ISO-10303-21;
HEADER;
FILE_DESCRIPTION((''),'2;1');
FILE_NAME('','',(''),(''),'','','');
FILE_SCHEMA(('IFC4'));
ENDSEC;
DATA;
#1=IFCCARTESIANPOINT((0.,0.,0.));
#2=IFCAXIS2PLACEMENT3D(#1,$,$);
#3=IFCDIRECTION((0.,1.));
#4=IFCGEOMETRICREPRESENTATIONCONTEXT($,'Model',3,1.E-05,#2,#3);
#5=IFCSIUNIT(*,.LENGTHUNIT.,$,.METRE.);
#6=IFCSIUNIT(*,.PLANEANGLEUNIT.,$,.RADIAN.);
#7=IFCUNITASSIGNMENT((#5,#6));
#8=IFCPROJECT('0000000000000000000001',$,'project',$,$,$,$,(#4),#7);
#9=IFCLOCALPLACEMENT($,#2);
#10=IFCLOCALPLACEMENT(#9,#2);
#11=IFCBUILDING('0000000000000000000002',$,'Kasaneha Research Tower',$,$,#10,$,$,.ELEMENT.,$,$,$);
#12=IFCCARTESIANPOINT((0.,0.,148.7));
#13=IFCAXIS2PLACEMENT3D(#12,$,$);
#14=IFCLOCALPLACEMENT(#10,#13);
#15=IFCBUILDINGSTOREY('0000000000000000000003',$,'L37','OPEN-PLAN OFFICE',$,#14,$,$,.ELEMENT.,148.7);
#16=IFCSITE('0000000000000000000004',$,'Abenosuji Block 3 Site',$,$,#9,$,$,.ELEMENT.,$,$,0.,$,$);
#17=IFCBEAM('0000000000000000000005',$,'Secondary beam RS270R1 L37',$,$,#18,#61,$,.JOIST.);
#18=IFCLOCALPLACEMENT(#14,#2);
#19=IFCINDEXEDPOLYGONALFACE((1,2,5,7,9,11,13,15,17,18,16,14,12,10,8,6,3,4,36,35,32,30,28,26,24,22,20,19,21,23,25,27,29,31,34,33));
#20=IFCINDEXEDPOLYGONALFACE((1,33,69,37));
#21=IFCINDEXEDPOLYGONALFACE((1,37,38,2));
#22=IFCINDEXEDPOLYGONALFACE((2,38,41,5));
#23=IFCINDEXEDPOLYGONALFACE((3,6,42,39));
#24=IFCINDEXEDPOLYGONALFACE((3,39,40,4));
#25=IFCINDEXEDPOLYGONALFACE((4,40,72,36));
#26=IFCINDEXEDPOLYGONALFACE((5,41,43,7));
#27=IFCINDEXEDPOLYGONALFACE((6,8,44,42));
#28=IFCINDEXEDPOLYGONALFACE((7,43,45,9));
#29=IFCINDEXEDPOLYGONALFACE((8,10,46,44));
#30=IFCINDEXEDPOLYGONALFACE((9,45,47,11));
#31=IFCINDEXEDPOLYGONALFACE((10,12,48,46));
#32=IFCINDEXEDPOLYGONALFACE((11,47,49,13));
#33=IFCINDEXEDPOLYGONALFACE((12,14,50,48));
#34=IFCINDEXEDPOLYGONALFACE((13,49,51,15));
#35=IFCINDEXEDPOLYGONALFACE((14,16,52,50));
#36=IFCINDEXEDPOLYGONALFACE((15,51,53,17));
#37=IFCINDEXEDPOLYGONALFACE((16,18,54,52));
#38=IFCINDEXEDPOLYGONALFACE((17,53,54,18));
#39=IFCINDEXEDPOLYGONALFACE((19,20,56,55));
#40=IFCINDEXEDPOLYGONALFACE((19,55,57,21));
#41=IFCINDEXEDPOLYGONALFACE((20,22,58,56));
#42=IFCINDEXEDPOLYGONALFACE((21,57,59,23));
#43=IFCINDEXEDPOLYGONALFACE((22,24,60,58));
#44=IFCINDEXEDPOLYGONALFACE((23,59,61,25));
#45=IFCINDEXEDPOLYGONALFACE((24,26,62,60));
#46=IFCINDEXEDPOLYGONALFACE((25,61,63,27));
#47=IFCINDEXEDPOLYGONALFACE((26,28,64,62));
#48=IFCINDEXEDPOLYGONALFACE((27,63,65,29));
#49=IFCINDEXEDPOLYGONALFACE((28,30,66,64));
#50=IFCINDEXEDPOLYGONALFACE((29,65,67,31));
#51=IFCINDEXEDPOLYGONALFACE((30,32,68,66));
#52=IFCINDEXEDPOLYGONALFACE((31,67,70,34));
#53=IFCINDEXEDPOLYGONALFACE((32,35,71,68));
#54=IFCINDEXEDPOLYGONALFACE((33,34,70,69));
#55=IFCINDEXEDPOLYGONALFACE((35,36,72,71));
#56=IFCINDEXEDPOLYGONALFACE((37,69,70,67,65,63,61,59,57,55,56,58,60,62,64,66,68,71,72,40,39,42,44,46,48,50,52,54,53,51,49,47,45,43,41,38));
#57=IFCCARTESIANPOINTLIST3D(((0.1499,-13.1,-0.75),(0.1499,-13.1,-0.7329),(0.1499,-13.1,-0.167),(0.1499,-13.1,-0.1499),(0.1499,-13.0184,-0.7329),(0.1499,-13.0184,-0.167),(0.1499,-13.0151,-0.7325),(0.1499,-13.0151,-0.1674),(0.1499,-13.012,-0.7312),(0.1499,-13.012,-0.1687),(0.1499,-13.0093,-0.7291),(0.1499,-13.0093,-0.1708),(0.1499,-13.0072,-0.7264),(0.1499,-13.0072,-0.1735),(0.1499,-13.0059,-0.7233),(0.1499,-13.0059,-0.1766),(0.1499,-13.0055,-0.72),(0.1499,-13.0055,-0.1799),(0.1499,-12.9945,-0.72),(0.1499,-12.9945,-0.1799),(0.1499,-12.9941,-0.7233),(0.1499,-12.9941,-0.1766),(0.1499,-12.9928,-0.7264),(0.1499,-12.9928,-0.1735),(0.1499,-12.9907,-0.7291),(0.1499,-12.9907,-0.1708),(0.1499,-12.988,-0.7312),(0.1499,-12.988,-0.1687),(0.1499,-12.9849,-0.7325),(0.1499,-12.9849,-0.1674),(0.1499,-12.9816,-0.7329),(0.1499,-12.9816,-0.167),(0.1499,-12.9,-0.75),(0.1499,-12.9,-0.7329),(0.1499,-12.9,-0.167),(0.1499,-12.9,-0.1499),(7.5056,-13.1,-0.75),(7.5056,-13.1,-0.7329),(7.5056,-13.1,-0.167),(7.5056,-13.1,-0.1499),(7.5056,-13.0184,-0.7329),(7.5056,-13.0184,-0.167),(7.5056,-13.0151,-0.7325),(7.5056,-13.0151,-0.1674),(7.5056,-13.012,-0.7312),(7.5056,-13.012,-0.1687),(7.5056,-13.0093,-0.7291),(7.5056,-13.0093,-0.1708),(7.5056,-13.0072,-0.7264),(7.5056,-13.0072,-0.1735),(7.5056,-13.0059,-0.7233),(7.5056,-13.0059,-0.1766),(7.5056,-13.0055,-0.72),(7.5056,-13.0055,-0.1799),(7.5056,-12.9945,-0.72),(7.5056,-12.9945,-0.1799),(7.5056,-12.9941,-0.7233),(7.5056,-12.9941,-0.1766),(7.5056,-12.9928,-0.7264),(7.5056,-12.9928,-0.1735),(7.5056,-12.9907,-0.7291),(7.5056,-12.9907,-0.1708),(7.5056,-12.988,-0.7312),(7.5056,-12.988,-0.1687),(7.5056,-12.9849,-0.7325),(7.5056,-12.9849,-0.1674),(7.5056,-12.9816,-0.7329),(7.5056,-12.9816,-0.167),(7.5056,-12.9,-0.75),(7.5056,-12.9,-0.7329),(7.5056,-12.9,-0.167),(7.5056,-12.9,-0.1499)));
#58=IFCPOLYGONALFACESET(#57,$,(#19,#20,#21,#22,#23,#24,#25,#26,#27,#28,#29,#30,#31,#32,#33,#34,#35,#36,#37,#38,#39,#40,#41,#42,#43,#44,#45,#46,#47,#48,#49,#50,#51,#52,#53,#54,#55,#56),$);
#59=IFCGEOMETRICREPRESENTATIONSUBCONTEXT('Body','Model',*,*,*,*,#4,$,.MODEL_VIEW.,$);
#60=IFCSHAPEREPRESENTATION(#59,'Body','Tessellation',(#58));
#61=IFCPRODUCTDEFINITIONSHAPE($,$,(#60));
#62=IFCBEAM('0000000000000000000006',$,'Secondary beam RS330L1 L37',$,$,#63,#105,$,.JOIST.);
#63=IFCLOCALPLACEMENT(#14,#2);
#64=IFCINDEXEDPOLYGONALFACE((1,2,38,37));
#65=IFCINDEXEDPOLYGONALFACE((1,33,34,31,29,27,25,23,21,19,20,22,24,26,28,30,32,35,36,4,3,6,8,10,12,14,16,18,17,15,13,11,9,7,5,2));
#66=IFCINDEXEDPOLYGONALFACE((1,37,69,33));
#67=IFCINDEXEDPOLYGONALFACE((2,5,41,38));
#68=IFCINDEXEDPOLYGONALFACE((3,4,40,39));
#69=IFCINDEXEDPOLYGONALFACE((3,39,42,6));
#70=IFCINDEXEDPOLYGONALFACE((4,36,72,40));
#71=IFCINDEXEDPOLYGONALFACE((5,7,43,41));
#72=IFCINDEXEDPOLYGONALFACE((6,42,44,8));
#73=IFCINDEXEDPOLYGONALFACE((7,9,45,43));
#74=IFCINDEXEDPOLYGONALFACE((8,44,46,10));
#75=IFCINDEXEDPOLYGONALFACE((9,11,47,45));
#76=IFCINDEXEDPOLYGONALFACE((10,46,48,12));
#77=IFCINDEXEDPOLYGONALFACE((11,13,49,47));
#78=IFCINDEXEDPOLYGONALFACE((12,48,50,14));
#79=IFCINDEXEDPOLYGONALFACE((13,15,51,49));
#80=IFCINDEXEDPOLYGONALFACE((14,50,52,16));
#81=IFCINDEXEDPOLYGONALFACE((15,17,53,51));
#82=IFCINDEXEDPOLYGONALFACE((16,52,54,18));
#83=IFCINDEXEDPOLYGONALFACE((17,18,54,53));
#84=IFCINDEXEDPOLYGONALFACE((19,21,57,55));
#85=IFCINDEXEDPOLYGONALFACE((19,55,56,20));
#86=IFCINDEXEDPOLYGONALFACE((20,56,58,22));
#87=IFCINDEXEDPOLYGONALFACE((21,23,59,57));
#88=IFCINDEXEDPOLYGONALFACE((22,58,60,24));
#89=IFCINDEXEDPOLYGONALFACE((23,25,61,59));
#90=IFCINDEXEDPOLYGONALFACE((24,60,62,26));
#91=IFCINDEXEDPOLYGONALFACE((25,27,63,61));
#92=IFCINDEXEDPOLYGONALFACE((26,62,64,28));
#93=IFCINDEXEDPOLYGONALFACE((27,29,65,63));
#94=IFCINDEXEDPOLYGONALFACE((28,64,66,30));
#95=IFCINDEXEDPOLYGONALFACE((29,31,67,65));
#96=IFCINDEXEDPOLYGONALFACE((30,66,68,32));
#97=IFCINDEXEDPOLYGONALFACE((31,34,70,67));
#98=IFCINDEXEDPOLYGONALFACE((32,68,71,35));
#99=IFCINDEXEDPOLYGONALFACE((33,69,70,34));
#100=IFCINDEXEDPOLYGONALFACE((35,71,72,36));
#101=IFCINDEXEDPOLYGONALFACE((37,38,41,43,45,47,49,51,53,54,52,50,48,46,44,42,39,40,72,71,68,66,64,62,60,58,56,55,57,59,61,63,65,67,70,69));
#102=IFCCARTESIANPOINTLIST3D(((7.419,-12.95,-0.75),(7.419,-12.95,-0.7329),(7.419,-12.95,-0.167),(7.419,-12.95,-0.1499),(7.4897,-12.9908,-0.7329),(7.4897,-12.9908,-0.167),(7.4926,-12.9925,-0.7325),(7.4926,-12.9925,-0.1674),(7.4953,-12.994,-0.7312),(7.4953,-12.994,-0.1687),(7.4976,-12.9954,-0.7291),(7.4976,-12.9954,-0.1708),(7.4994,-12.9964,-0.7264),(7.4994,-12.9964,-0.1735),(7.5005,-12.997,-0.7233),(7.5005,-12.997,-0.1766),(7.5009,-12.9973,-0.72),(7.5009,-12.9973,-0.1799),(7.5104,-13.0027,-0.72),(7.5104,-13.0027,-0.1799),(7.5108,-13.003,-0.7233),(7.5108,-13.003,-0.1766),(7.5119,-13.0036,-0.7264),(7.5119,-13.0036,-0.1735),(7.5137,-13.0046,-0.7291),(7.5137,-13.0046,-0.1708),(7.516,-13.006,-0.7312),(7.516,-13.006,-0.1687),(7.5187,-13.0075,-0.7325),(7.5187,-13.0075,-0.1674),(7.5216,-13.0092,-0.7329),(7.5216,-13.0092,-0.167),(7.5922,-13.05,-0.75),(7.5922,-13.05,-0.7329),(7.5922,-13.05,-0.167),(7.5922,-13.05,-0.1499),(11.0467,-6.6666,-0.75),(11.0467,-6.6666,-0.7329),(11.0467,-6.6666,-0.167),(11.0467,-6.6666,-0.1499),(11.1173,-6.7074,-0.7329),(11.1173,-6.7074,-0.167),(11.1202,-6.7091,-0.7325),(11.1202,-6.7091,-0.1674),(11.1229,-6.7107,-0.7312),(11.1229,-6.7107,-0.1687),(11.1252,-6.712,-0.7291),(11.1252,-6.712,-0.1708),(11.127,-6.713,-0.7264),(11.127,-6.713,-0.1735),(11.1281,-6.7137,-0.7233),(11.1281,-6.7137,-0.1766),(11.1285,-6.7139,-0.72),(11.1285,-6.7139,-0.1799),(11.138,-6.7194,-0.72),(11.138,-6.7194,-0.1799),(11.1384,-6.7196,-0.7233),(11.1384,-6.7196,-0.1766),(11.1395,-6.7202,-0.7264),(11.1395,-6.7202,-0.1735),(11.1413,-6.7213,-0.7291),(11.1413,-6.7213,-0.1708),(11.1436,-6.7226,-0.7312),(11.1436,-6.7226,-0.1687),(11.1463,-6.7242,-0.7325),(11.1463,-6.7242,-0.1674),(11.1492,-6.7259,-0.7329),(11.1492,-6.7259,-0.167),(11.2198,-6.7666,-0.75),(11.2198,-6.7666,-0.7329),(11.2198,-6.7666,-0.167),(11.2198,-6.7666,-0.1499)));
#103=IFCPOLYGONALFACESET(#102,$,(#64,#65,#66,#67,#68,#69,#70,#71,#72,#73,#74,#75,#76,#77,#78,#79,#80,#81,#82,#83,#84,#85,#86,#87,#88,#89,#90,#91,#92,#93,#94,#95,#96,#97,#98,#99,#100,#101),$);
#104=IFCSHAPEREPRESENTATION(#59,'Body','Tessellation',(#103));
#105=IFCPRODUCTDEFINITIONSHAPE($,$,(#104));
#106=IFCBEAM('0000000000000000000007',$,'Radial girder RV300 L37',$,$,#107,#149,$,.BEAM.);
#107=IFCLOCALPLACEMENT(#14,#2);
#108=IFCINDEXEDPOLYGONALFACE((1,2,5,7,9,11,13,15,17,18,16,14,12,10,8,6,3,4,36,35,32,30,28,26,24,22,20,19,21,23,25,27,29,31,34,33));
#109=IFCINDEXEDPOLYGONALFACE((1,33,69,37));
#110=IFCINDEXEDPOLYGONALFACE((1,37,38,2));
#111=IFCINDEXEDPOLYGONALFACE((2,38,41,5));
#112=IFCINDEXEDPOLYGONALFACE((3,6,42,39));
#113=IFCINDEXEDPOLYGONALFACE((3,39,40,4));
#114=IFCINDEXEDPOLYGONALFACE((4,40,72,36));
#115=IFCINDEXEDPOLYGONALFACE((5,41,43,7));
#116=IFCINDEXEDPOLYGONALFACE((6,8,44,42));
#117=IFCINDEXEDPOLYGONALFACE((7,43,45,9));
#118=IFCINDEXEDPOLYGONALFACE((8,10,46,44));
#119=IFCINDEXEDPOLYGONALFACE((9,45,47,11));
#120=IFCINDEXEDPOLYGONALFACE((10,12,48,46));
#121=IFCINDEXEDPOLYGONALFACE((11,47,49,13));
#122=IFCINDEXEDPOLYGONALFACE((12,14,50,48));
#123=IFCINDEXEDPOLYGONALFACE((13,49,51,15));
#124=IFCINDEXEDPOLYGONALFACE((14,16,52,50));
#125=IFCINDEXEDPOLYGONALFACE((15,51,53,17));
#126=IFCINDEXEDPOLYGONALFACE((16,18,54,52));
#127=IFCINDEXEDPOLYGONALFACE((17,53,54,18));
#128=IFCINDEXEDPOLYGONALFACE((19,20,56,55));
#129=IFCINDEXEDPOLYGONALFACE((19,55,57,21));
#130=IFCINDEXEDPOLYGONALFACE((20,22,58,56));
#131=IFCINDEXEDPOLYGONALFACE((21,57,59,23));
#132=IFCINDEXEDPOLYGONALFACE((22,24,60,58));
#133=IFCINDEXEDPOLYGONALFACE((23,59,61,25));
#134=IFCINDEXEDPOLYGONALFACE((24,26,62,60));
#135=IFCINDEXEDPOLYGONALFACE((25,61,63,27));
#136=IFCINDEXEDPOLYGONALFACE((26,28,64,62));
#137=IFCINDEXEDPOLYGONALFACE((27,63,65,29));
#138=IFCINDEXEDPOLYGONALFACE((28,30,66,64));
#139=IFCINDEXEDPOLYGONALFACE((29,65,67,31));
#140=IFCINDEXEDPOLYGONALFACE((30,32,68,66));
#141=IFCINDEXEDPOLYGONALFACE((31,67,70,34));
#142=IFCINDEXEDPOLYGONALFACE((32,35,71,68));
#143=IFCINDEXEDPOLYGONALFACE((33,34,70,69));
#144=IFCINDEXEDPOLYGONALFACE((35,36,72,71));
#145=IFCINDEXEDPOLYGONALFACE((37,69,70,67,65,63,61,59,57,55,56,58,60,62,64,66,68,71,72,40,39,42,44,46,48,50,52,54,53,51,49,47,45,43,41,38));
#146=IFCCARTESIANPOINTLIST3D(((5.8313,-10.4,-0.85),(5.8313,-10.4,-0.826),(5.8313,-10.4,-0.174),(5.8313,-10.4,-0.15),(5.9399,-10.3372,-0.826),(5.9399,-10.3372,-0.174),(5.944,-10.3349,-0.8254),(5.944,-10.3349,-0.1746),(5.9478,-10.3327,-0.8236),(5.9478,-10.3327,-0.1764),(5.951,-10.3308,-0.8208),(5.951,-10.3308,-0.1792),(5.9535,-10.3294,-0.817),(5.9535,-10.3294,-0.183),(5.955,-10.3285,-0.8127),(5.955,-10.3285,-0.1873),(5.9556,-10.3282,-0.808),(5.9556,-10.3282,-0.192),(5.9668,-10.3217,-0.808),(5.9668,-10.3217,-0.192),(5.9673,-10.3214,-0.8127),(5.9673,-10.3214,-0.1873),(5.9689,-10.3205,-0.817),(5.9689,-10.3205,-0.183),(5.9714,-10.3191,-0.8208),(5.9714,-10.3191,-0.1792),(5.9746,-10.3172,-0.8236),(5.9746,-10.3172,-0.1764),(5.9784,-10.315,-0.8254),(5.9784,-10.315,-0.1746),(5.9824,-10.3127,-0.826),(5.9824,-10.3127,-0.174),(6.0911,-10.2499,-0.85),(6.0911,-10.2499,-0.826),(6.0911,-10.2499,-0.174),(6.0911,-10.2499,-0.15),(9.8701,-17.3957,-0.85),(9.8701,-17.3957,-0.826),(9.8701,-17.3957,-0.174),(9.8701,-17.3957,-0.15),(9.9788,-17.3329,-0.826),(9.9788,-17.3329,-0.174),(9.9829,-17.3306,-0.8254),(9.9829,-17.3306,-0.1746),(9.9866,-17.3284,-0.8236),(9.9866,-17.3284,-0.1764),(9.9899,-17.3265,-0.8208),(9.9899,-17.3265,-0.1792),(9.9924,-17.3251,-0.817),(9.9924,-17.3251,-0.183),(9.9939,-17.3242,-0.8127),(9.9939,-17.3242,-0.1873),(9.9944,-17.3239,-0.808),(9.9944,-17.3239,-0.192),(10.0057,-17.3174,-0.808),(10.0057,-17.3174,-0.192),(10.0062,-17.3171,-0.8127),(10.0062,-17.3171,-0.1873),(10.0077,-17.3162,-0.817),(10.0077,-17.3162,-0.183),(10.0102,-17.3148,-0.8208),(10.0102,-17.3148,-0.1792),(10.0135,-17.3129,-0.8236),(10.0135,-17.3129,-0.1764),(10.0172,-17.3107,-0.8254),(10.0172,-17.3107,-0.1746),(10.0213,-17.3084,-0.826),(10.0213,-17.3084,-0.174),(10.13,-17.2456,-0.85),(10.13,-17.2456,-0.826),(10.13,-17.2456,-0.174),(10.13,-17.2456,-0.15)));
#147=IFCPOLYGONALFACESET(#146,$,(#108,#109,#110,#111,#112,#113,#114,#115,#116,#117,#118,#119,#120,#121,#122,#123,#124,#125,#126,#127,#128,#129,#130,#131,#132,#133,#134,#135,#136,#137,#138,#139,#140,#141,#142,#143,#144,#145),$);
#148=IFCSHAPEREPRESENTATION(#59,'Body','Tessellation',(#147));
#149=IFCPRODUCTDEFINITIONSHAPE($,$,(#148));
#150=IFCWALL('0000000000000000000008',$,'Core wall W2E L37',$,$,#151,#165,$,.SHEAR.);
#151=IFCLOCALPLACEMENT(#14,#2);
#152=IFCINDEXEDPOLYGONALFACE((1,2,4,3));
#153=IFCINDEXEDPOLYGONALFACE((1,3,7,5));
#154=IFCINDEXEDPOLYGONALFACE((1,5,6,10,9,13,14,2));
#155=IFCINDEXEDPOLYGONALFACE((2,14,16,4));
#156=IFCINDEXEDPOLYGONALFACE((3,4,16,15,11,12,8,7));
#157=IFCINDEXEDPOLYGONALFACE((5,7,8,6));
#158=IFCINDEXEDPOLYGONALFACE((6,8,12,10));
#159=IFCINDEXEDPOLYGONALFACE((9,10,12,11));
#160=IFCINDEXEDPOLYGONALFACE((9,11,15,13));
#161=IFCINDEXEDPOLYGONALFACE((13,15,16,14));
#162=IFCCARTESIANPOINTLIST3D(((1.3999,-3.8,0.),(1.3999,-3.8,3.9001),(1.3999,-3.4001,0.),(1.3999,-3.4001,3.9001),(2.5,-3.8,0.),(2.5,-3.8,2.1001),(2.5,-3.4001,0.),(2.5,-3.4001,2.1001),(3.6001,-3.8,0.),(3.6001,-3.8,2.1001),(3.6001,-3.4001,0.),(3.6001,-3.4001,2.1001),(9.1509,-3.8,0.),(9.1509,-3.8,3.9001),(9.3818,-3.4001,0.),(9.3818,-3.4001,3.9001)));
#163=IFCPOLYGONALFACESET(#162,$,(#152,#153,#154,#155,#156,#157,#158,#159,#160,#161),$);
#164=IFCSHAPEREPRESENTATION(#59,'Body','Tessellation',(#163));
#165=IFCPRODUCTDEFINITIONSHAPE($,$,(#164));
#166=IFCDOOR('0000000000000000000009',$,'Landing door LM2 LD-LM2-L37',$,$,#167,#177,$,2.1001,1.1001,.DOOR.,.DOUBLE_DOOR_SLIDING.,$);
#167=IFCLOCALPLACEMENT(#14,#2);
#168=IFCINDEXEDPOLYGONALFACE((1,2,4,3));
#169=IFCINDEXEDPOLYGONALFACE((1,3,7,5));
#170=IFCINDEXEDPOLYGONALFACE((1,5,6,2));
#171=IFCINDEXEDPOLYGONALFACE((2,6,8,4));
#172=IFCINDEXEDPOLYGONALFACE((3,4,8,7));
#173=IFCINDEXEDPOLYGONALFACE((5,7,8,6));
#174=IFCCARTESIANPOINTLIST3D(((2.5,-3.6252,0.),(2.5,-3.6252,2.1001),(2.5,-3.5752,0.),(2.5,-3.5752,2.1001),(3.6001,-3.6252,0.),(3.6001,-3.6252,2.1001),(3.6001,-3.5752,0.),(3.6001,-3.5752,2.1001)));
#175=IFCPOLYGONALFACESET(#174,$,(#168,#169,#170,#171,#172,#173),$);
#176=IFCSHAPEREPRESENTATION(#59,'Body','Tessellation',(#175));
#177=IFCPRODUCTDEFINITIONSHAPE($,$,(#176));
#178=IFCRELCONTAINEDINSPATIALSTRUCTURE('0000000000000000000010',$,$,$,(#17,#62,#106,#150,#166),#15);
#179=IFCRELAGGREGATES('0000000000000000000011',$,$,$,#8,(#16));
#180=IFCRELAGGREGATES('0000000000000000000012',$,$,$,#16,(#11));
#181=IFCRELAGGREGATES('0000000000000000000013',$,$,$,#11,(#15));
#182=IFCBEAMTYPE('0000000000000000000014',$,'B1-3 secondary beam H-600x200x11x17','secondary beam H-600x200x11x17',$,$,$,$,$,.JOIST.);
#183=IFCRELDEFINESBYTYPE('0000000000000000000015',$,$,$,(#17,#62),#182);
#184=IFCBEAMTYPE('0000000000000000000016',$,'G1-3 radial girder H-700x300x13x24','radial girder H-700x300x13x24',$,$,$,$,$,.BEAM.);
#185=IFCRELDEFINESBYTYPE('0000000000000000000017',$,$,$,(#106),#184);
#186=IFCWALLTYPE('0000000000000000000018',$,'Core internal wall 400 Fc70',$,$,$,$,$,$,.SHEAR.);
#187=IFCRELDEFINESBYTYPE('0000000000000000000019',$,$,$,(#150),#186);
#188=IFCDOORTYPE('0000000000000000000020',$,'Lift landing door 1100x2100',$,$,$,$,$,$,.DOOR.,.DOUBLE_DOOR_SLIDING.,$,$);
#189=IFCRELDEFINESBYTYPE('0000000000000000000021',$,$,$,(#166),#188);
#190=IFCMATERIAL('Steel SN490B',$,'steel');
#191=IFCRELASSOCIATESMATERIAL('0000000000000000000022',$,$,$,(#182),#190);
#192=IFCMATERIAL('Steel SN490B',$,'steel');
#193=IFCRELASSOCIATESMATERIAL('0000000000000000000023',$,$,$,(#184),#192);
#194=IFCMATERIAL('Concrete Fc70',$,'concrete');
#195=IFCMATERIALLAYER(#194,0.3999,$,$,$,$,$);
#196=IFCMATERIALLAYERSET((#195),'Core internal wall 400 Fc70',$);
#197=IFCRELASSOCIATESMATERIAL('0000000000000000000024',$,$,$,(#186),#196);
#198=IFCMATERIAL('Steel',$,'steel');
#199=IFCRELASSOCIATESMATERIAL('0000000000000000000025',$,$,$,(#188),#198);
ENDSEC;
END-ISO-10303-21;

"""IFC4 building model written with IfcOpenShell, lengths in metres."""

from ifc_helpers import new_model, si_unit, direction, frame, frame_2d, origin, origin_2d, place, context, subcontext, project, spatial, polyline, rectangle, i_section, outline, extrude, material, layer, layer_set, material_profile, profile_set, type_object, element, fill, save


model = new_model("IFC4")

# Units and contexts
model_context = context("Model", 3, precision=1e-05, world=origin(), true_north=direction((0.0, 1.0)))
body_context = subcontext(model_context, "Body", "Model", "MODEL_VIEW")
ifc_project = project(units=[si_unit("LENGTHUNIT", "METRE"), si_unit("PLANEANGLEUNIT", "RADIAN")], contexts=[model_context])

# Site, building, storey
site_placement = place(None, origin())
site = spatial("IfcSite", under=ifc_project, at=site_placement, Name="Abenosuji Block 3 Site", CompositionType="ELEMENT", RefElevation=0.0)
building_placement = place(site_placement, origin())
building = spatial("IfcBuilding", under=site, at=building_placement, Name="Kasaneha Research Tower", CompositionType="ELEMENT")
storey_placement = place(building_placement, frame((0.0, 0.0, 148.7)))
storey = spatial("IfcBuildingStorey", under=building, at=storey_placement, Name="L37", Description="OPEN-PLAN OFFICE", CompositionType="ELEMENT", Elevation=148.7)

# Beams
ifc_material_1 = material(Name="Steel SN490B", Category="steel")
ifc_material_profile_1 = material_profile(ifc_material_1, i_section(OverallWidth=0.2, OverallDepth=0.6001, WebThickness=0.011, FlangeThickness=0.0171, FilletRadius=0.0129, at=origin_2d()), Name="H-600x200x11x17")
ifc_profile_set_1 = profile_set([ifc_material_profile_1], Name="Steel SN490B")
beam_type_1 = type_object("IfcBeamType", Name="B1-3 secondary beam H-600x200x11x17", Description="secondary beam H-600x200x11x17", PredefinedType="JOIST", material=ifc_profile_set_1)
beam_1_placement = place(storey_placement, frame((7.5056, -13.0, -0.45), z_axis=(-1.0, 0.0, 0.0), x_axis=(0.0, -1.0, 0.0)))
element("IfcBeam", 1, at=beam_1_placement, inside=storey, type_object=beam_type_1, Name="Secondary beam RS270R1 L37", PredefinedType="JOIST", context=body_context, shape_type="SweptSolid", body=[
    extrude(i_section(OverallWidth=0.2, OverallDepth=0.6001, WebThickness=0.011, FlangeThickness=0.0171, FilletRadius=0.0129, at=origin_2d()), origin(), (0.0, 0.0, 1.0), 7.3557),
])
beam_2_placement = place(storey_placement, frame((7.5056, -13.0, -0.45), z_axis=(0.499993, 0.866029, 0.0), x_axis=(-0.866029, 0.499993, 0.0)))
element("IfcBeam", 2, at=beam_2_placement, inside=storey, type_object=beam_type_1, Name="Secondary beam RS330L1 L37", PredefinedType="JOIST", context=body_context, shape_type="SweptSolid", body=[
    extrude(i_section(OverallWidth=0.2, OverallDepth=0.6001, WebThickness=0.011, FlangeThickness=0.0171, FilletRadius=0.0129, at=origin_2d()), origin(), (0.0, 0.0, 1.0), 7.2554),
])
ifc_material_2 = material(Name="Steel SN490B", Category="steel")
ifc_material_profile_2 = material_profile(ifc_material_2, i_section(OverallWidth=0.3, OverallDepth=0.7, WebThickness=0.0129, FlangeThickness=0.0239, FilletRadius=0.0181, at=origin_2d()), Name="H-700x300x13x24")
ifc_profile_set_2 = profile_set([ifc_material_profile_2], Name="Steel SN490B")
beam_type_2 = type_object("IfcBeamType", Name="G1-3 radial girder H-700x300x13x24", Description="radial girder H-700x300x13x24", PredefinedType="BEAM", material=ifc_profile_set_2)
beam_3_placement = place(storey_placement, frame((5.9612, -10.325, -0.5), z_axis=(0.499991, -0.866031, 0.0), x_axis=(0.866031, 0.499991, 0.0)))
element("IfcBeam", 3, at=beam_3_placement, inside=storey, type_object=beam_type_2, Name="Radial girder RV300 L37", PredefinedType="BEAM", context=body_context, shape_type="SweptSolid", body=[
    extrude(i_section(OverallWidth=0.3, OverallDepth=0.7, WebThickness=0.0129, FlangeThickness=0.0239, FilletRadius=0.0181, at=origin_2d()), origin(), (0.0, 0.0, 1.0), 8.0779),
])

# Wall, opening, door
ifc_material_3 = material(Name="Concrete Fc70", Category="concrete")
ifc_layer_1 = layer(ifc_material_3, 0.3999)
ifc_layer_set_1 = layer_set([ifc_layer_1], Name="Core internal wall 400 Fc70")
wall_type_1 = type_object("IfcWallType", Name="Core internal wall 400 Fc70", PredefinedType="SHEAR", material=ifc_layer_set_1)
wall_1_placement = place(storey_placement, frame((1.3999, -3.6001, 0.0), z_axis=(0.0, 0.0, 1.0), x_axis=(1.0, 0.0, 0.0)))
wall_1 = element("IfcWall", 4, at=wall_1_placement, inside=storey, type_object=wall_type_1, Name="Core wall W2E L37", PredefinedType="SHEAR", context=body_context, shape_type="SweptSolid", body=[
    extrude(outline(polyline([(0.0, -0.2), (1.1001, -0.2), (2.2002, -0.2), (7.751, -0.2), (7.9819, 0.2), (2.2002, 0.2), (1.1001, 0.2), (0.0, 0.2), (0.0, -0.2)])), origin(), (0.0, 0.0, 1.0), 3.9001),
])
opening_1_placement = place(wall_1_placement, frame((1.1001, 0.0, 0.0)))
opening_1 = element("IfcOpeningElement", 5, at=opening_1_placement, cuts=wall_1, PredefinedType="OPENING", context=body_context, shape_type="SweptSolid", body=[
    extrude(rectangle(XDim=1.1001, YDim=2.1001, at=frame_2d((0.55, 1.05))), frame((0.0, 0.21, 0.0), z_axis=(0.0, -1.0, 0.0), x_axis=(1.0, 0.0, 0.0)), (0.0, 0.0, 1.0), 0.4199),
])
ifc_material_4 = material(Name="Steel", Category="steel")
door_type_1 = type_object("IfcDoorType", Name="Lift landing door 1100x2100", OperationType="DOUBLE_DOOR_SLIDING", PredefinedType="DOOR", material=ifc_material_4)
door_1_placement = place(opening_1_placement, origin())
door_1 = element("IfcDoor", 6, at=door_1_placement, inside=storey, type_object=door_type_1, Name="Landing door LM2 LD-LM2-L37", OperationType="DOUBLE_DOOR_SLIDING", OverallHeight=2.1001, OverallWidth=1.1001, PredefinedType="DOOR", context=body_context, shape_type="SweptSolid", body=[
    extrude(rectangle(XDim=1.1001, YDim=2.1001, at=frame_2d((0.55, 1.05))), frame((0.0, 0.0249, 0.0), z_axis=(0.0, -1.0, 0.0), x_axis=(1.0, 0.0, 0.0)), (0.0, 0.0, 1.0), 0.05),
])
fill(opening_1, door_1)

save(model, "model.ifc")
